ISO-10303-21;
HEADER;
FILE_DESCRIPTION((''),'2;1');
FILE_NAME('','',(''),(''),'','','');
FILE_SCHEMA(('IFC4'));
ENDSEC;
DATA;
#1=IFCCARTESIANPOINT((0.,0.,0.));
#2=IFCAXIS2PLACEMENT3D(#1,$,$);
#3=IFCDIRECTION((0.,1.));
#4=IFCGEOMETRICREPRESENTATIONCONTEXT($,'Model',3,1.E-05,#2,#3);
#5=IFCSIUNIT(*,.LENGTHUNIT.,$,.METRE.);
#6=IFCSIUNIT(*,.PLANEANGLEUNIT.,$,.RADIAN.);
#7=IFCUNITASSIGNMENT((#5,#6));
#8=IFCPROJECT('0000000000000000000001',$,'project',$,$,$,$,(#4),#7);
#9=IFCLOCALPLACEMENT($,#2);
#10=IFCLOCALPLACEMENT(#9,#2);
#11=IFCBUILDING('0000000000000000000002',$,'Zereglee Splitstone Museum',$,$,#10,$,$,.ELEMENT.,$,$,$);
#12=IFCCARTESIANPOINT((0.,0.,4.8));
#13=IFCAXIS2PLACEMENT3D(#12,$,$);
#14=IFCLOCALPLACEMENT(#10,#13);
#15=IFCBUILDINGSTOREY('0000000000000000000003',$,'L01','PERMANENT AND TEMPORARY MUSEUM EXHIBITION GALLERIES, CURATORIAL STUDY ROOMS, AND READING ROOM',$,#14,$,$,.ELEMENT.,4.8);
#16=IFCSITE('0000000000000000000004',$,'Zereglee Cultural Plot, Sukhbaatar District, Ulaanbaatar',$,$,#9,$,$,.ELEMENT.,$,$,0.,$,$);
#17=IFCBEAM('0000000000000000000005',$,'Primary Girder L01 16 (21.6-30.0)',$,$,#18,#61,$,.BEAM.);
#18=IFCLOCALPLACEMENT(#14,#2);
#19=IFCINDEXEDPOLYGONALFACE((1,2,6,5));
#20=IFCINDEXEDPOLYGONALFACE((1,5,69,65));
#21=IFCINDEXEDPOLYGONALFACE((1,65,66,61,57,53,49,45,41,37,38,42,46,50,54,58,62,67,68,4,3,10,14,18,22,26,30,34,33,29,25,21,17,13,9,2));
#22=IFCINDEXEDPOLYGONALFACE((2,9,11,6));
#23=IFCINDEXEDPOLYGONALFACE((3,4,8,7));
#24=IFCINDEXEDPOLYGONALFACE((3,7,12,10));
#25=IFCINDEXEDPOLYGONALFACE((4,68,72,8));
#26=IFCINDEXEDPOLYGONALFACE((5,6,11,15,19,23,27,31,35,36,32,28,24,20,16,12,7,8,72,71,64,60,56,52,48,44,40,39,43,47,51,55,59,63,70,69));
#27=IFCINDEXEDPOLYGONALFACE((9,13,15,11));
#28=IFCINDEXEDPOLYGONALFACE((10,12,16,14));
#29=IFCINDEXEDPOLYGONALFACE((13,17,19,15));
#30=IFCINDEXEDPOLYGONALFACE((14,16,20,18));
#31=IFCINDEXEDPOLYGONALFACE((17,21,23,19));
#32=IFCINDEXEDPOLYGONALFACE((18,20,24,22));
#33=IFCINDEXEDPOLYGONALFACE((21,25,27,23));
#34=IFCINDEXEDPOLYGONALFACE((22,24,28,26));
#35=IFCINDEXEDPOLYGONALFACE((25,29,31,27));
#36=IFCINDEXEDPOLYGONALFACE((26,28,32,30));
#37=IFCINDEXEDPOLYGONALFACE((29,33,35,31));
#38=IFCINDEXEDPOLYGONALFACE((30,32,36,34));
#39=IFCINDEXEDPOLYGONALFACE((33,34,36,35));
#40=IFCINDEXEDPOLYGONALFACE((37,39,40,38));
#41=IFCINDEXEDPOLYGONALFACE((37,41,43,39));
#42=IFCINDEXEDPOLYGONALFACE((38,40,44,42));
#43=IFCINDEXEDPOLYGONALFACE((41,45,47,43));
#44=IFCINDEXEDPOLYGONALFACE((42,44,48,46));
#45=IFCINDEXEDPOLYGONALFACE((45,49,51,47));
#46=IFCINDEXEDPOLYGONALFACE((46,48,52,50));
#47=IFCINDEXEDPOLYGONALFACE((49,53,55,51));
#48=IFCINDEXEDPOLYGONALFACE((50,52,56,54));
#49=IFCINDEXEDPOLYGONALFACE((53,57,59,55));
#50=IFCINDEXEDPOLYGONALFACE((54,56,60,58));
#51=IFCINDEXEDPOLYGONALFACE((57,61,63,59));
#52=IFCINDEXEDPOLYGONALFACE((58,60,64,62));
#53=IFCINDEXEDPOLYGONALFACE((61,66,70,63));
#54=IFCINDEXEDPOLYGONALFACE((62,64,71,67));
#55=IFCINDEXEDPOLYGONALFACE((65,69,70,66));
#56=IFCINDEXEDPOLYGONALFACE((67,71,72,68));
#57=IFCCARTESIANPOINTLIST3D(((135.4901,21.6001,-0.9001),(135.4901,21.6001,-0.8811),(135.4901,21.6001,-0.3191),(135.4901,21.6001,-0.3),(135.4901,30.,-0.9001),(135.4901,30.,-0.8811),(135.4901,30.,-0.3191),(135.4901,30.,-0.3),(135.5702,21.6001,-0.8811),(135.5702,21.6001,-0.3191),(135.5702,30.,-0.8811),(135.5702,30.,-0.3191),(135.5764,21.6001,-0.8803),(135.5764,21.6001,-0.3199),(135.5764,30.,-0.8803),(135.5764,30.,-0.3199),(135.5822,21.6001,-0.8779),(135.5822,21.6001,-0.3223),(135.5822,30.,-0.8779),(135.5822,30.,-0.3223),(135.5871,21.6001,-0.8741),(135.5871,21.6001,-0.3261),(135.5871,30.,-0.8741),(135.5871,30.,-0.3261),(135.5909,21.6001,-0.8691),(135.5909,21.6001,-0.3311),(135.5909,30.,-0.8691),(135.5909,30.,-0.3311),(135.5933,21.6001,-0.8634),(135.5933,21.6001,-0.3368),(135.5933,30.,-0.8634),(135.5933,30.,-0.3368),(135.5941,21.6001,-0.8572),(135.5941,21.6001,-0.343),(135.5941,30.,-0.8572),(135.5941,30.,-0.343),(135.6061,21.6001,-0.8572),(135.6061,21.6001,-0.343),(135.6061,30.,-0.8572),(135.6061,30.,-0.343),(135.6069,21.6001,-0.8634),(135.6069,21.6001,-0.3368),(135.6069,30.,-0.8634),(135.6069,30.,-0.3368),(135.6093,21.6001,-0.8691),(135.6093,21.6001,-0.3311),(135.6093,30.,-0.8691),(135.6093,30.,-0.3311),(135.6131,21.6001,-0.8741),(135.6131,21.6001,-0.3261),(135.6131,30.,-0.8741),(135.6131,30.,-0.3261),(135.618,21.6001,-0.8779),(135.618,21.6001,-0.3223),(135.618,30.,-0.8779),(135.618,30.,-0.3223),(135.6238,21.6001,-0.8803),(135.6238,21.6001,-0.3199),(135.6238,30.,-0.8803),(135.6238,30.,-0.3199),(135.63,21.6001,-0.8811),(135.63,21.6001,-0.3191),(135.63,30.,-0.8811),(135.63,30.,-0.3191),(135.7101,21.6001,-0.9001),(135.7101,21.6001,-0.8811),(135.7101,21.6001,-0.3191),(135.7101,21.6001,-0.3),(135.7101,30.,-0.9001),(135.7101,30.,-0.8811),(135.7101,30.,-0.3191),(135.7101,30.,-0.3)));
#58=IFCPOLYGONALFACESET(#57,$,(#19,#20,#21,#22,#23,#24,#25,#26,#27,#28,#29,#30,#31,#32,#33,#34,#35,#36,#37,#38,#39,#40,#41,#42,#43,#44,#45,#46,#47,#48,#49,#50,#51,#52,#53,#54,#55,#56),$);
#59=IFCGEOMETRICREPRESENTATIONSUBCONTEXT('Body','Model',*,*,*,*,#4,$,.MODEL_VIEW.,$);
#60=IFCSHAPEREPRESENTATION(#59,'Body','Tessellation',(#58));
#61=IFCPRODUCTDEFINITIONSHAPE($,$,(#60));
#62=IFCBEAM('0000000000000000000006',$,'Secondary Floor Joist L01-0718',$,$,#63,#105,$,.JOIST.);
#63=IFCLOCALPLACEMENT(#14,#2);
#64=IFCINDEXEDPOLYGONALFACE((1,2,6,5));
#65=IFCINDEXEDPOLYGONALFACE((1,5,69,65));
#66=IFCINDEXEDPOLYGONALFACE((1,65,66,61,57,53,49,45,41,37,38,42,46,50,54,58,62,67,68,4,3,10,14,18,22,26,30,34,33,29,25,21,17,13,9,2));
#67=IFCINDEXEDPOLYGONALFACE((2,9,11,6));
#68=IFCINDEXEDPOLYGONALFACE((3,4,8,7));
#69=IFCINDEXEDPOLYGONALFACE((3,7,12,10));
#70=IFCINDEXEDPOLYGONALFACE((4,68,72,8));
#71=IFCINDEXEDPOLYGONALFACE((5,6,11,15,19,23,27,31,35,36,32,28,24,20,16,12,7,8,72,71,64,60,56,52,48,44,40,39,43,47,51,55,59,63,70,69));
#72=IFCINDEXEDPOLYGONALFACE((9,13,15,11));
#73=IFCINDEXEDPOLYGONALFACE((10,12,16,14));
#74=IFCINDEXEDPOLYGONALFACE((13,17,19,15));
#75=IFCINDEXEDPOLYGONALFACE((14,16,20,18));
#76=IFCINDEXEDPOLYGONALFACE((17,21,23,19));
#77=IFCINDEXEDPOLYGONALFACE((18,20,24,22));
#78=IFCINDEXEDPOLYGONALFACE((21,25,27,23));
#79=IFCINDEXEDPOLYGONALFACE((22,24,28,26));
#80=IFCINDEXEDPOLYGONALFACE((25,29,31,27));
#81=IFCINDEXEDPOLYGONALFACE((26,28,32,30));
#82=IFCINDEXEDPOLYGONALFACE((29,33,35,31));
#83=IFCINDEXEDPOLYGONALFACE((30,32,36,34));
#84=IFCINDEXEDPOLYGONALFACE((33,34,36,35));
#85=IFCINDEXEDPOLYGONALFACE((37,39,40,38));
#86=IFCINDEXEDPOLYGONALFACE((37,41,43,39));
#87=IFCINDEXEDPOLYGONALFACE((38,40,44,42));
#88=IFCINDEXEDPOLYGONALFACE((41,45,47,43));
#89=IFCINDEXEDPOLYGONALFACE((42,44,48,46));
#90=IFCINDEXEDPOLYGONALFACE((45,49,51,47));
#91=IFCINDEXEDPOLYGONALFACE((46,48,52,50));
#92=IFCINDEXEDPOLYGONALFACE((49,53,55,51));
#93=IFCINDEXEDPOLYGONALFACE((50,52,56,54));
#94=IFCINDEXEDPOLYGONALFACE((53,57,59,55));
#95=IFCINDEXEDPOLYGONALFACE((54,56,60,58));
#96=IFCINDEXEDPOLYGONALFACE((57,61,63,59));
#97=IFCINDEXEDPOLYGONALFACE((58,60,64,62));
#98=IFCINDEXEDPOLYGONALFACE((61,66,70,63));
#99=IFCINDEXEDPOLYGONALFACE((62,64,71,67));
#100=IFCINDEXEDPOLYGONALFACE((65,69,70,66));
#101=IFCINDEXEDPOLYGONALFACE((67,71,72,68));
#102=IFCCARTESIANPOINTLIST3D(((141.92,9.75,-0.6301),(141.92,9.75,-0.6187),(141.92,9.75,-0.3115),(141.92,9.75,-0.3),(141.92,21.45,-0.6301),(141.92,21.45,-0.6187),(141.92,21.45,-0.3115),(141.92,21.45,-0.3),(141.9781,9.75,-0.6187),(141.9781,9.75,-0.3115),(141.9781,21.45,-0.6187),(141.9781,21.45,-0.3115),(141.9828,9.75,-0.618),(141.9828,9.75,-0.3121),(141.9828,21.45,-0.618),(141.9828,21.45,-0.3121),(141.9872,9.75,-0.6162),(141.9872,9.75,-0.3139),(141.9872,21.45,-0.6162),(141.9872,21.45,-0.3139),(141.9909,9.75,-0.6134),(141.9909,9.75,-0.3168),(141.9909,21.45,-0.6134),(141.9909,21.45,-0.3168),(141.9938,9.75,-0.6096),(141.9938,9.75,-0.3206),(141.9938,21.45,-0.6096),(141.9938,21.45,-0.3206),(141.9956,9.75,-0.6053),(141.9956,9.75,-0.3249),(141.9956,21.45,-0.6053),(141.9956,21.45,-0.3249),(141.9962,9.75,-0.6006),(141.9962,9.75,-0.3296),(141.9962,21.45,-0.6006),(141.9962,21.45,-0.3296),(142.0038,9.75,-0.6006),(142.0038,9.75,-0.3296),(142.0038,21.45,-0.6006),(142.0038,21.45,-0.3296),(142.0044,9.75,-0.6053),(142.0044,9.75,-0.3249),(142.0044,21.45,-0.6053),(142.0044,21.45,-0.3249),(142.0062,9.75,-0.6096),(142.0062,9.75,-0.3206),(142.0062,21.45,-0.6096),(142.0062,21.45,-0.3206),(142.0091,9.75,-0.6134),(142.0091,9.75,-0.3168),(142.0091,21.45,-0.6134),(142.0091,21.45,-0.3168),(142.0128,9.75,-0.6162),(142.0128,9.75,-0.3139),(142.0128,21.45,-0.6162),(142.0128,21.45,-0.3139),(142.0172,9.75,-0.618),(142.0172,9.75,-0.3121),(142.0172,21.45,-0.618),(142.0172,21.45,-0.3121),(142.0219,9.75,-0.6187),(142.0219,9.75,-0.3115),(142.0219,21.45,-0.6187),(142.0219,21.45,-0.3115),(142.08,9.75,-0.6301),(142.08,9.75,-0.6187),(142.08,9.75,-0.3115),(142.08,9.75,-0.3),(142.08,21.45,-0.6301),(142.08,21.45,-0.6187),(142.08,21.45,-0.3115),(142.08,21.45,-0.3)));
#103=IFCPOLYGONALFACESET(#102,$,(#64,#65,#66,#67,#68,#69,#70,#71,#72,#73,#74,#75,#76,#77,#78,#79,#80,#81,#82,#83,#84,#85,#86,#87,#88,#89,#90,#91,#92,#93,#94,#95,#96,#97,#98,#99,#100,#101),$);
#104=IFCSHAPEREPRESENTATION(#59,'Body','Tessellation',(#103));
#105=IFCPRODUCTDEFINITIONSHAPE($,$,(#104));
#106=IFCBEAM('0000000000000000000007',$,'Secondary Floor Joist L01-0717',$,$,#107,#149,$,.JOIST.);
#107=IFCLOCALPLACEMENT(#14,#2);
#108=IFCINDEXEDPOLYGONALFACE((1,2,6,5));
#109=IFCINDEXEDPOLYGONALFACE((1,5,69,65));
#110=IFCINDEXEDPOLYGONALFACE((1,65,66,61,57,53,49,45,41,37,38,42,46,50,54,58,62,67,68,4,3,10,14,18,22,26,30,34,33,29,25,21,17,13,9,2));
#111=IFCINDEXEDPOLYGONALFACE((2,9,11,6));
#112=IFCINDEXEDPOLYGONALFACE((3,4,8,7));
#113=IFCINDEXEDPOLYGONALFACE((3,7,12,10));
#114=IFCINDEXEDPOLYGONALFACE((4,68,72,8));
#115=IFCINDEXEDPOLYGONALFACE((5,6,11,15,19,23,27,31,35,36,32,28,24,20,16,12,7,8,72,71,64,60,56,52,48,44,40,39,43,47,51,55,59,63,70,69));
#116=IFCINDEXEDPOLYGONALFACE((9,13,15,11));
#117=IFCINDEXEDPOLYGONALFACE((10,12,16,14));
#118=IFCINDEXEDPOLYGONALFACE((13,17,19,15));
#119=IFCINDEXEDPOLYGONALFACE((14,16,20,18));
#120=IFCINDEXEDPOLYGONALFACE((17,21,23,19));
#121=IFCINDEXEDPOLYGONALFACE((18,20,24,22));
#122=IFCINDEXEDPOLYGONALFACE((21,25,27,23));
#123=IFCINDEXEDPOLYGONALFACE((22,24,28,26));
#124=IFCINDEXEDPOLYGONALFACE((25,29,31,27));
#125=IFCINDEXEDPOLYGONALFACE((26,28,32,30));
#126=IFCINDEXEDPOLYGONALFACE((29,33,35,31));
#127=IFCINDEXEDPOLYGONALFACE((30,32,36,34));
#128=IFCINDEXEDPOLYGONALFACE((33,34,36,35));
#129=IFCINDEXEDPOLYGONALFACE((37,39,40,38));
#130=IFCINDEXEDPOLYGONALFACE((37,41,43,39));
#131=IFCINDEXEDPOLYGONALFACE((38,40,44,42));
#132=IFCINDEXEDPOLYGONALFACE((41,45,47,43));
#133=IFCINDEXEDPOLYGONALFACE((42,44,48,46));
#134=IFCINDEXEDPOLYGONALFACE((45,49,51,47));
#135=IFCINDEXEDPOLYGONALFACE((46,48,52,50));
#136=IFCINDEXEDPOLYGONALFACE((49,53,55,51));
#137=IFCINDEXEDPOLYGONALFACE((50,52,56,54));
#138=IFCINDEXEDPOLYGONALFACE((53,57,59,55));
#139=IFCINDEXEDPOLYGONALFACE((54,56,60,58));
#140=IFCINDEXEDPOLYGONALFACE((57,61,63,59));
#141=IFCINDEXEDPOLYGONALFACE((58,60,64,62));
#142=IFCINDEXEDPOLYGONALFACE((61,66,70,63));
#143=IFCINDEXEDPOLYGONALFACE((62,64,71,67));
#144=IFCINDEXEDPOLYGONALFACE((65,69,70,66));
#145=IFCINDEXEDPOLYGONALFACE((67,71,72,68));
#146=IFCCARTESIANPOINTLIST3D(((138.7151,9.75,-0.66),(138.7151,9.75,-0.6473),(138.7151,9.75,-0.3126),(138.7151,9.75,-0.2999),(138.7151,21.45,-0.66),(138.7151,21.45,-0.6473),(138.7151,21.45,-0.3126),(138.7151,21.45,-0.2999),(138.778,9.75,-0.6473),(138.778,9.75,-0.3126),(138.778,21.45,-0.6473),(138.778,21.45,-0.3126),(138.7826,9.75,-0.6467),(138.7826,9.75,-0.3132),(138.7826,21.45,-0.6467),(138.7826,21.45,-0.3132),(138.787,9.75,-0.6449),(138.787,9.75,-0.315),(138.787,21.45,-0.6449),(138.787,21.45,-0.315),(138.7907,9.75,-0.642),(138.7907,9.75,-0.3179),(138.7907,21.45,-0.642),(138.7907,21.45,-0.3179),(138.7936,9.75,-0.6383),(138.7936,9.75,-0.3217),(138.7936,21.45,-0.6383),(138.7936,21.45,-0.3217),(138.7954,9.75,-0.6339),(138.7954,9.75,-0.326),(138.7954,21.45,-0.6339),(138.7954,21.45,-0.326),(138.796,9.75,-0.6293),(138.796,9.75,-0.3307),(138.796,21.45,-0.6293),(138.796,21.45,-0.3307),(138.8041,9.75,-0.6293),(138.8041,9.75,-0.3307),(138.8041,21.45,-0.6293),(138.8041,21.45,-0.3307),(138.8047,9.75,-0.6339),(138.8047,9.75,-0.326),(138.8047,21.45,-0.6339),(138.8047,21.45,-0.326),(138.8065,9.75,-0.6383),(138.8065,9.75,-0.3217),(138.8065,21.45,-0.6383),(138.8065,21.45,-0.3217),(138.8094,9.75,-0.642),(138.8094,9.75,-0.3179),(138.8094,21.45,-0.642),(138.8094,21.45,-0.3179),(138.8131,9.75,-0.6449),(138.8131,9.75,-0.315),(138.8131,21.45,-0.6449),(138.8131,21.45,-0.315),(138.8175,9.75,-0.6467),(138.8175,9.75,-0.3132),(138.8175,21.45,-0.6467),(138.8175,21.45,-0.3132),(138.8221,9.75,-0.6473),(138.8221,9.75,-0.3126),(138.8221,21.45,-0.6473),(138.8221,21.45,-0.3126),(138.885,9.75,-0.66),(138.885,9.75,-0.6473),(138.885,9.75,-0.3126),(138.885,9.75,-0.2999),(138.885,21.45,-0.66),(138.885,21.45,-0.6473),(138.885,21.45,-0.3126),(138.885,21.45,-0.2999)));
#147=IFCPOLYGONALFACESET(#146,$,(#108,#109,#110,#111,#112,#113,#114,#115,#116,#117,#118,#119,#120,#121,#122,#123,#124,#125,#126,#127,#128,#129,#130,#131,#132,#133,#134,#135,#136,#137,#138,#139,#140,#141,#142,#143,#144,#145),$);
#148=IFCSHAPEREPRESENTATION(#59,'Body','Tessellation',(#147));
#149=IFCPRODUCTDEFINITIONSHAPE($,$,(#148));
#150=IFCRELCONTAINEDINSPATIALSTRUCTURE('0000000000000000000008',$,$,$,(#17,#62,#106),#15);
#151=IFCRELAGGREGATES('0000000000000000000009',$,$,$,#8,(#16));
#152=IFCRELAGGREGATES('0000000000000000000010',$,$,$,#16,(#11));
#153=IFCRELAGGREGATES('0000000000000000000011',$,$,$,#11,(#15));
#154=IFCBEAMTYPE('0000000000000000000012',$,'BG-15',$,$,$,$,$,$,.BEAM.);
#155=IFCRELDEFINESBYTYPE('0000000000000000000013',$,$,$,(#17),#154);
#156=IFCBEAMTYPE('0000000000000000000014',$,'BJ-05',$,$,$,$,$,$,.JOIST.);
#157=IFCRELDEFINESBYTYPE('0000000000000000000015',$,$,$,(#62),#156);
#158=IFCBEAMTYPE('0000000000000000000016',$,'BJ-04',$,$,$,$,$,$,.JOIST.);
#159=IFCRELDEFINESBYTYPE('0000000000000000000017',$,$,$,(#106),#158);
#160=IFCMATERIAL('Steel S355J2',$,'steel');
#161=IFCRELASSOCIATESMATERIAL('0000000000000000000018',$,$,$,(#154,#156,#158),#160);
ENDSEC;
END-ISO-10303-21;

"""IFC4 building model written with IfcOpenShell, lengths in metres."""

from ifc_helpers import new_model, si_unit, direction, frame, origin, origin_2d, place, context, subcontext, project, spatial, i_section, extrude, material, material_profile, profile_set, type_object, element, save


model = new_model("IFC4")

# Units and contexts
model_context = context("Model", 3, precision=1e-05, world=origin(), true_north=direction((0.0, 1.0)))
body_context = subcontext(model_context, "Body", "Model", "MODEL_VIEW")
ifc_project = project(units=[si_unit("LENGTHUNIT", "METRE"), si_unit("PLANEANGLEUNIT", "RADIAN")], contexts=[model_context])

# Site, building, storey
site_placement = place(None, origin())
site = spatial("IfcSite", under=ifc_project, at=site_placement, Name="Zereglee Cultural Plot, Sukhbaatar District, Ulaanbaatar", CompositionType="ELEMENT", RefElevation=0.0)
building_placement = place(site_placement, origin())
building = spatial("IfcBuilding", under=site, at=building_placement, Name="Zereglee Splitstone Museum", CompositionType="ELEMENT")
storey_placement = place(building_placement, frame((0.0, 0.0, 4.8)))
storey = spatial("IfcBuildingStorey", under=building, at=storey_placement, Name="L01", Description="PERMANENT AND TEMPORARY MUSEUM EXHIBITION GALLERIES, CURATORIAL STUDY ROOMS, AND READING ROOM", CompositionType="ELEMENT", Elevation=4.8)

# Shared definitions
ifc_material_1 = material(Name="Steel S355J2", Category="steel")

# Beams
ifc_material_profile_1 = material_profile(ifc_material_1, i_section(OverallWidth=0.22, OverallDepth=0.6001, WebThickness=0.012, FlangeThickness=0.019, FilletRadius=0.0239, at=origin_2d()), Name="IPE 600")
ifc_profile_set_1 = profile_set([ifc_material_profile_1], Name="Steel S355J2")
beam_type_1 = type_object("IfcBeamType", Name="BG-15", PredefinedType="BEAM", material=ifc_profile_set_1)
beam_1_placement = place(storey_placement, frame((135.6001, 21.6001, -0.6001), z_axis=(0.0, 1.0, 0.0), x_axis=(-1.0, 0.0, 0.0)))
element("IfcBeam", 1, at=beam_1_placement, inside=storey, type_object=beam_type_1, Name="Primary Girder L01 16 (21.6-30.0)", PredefinedType="BEAM", context=body_context, shape_type="SweptSolid", body=[
    extrude(i_section(OverallWidth=0.22, OverallDepth=0.6001, WebThickness=0.012, FlangeThickness=0.019, FilletRadius=0.0239, at=origin_2d()), origin(), (0.0, 0.0, 1.0), 8.3999),
])
ifc_material_profile_2 = material_profile(ifc_material_1, i_section(OverallWidth=0.1599, OverallDepth=0.3301, WebThickness=0.0076, FlangeThickness=0.0115, FilletRadius=0.0181, at=origin_2d()), Name="IPE 330")
ifc_profile_set_2 = profile_set([ifc_material_profile_2], Name="Steel S355J2")
beam_type_2 = type_object("IfcBeamType", Name="BJ-05", PredefinedType="JOIST", material=ifc_profile_set_2)
beam_2_placement = place(storey_placement, frame((142.0, 9.75, -0.4651), z_axis=(0.0, 1.0, 0.0), x_axis=(-1.0, 0.0, 0.0)))
element("IfcBeam", 2, at=beam_2_placement, inside=storey, type_object=beam_type_2, Name="Secondary Floor Joist L01-0718", PredefinedType="JOIST", context=body_context, shape_type="SweptSolid", body=[
    extrude(i_section(OverallWidth=0.1599, OverallDepth=0.3301, WebThickness=0.0076, FlangeThickness=0.0115, FilletRadius=0.0181, at=origin_2d()), origin(), (0.0, 0.0, 1.0), 11.7),
])
ifc_material_profile_3 = material_profile(ifc_material_1, i_section(OverallWidth=0.1699, OverallDepth=0.3601, WebThickness=0.0081, FlangeThickness=0.0127, FilletRadius=0.0181, at=origin_2d()), Name="IPE 360")
ifc_profile_set_3 = profile_set([ifc_material_profile_3], Name="Steel S355J2")
beam_type_3 = type_object("IfcBeamType", Name="BJ-04", PredefinedType="JOIST", material=ifc_profile_set_3)
beam_3_placement = place(storey_placement, frame((138.8, 9.75, -0.48), z_axis=(0.0, 1.0, 0.0), x_axis=(-1.0, 0.0, 0.0)))
element("IfcBeam", 3, at=beam_3_placement, inside=storey, type_object=beam_type_3, Name="Secondary Floor Joist L01-0717", PredefinedType="JOIST", context=body_context, shape_type="SweptSolid", body=[
    extrude(i_section(OverallWidth=0.1699, OverallDepth=0.3601, WebThickness=0.0081, FlangeThickness=0.0127, FilletRadius=0.0181, at=origin_2d()), origin(), (0.0, 0.0, 1.0), 11.7),
])

save(model, "model.ifc")
